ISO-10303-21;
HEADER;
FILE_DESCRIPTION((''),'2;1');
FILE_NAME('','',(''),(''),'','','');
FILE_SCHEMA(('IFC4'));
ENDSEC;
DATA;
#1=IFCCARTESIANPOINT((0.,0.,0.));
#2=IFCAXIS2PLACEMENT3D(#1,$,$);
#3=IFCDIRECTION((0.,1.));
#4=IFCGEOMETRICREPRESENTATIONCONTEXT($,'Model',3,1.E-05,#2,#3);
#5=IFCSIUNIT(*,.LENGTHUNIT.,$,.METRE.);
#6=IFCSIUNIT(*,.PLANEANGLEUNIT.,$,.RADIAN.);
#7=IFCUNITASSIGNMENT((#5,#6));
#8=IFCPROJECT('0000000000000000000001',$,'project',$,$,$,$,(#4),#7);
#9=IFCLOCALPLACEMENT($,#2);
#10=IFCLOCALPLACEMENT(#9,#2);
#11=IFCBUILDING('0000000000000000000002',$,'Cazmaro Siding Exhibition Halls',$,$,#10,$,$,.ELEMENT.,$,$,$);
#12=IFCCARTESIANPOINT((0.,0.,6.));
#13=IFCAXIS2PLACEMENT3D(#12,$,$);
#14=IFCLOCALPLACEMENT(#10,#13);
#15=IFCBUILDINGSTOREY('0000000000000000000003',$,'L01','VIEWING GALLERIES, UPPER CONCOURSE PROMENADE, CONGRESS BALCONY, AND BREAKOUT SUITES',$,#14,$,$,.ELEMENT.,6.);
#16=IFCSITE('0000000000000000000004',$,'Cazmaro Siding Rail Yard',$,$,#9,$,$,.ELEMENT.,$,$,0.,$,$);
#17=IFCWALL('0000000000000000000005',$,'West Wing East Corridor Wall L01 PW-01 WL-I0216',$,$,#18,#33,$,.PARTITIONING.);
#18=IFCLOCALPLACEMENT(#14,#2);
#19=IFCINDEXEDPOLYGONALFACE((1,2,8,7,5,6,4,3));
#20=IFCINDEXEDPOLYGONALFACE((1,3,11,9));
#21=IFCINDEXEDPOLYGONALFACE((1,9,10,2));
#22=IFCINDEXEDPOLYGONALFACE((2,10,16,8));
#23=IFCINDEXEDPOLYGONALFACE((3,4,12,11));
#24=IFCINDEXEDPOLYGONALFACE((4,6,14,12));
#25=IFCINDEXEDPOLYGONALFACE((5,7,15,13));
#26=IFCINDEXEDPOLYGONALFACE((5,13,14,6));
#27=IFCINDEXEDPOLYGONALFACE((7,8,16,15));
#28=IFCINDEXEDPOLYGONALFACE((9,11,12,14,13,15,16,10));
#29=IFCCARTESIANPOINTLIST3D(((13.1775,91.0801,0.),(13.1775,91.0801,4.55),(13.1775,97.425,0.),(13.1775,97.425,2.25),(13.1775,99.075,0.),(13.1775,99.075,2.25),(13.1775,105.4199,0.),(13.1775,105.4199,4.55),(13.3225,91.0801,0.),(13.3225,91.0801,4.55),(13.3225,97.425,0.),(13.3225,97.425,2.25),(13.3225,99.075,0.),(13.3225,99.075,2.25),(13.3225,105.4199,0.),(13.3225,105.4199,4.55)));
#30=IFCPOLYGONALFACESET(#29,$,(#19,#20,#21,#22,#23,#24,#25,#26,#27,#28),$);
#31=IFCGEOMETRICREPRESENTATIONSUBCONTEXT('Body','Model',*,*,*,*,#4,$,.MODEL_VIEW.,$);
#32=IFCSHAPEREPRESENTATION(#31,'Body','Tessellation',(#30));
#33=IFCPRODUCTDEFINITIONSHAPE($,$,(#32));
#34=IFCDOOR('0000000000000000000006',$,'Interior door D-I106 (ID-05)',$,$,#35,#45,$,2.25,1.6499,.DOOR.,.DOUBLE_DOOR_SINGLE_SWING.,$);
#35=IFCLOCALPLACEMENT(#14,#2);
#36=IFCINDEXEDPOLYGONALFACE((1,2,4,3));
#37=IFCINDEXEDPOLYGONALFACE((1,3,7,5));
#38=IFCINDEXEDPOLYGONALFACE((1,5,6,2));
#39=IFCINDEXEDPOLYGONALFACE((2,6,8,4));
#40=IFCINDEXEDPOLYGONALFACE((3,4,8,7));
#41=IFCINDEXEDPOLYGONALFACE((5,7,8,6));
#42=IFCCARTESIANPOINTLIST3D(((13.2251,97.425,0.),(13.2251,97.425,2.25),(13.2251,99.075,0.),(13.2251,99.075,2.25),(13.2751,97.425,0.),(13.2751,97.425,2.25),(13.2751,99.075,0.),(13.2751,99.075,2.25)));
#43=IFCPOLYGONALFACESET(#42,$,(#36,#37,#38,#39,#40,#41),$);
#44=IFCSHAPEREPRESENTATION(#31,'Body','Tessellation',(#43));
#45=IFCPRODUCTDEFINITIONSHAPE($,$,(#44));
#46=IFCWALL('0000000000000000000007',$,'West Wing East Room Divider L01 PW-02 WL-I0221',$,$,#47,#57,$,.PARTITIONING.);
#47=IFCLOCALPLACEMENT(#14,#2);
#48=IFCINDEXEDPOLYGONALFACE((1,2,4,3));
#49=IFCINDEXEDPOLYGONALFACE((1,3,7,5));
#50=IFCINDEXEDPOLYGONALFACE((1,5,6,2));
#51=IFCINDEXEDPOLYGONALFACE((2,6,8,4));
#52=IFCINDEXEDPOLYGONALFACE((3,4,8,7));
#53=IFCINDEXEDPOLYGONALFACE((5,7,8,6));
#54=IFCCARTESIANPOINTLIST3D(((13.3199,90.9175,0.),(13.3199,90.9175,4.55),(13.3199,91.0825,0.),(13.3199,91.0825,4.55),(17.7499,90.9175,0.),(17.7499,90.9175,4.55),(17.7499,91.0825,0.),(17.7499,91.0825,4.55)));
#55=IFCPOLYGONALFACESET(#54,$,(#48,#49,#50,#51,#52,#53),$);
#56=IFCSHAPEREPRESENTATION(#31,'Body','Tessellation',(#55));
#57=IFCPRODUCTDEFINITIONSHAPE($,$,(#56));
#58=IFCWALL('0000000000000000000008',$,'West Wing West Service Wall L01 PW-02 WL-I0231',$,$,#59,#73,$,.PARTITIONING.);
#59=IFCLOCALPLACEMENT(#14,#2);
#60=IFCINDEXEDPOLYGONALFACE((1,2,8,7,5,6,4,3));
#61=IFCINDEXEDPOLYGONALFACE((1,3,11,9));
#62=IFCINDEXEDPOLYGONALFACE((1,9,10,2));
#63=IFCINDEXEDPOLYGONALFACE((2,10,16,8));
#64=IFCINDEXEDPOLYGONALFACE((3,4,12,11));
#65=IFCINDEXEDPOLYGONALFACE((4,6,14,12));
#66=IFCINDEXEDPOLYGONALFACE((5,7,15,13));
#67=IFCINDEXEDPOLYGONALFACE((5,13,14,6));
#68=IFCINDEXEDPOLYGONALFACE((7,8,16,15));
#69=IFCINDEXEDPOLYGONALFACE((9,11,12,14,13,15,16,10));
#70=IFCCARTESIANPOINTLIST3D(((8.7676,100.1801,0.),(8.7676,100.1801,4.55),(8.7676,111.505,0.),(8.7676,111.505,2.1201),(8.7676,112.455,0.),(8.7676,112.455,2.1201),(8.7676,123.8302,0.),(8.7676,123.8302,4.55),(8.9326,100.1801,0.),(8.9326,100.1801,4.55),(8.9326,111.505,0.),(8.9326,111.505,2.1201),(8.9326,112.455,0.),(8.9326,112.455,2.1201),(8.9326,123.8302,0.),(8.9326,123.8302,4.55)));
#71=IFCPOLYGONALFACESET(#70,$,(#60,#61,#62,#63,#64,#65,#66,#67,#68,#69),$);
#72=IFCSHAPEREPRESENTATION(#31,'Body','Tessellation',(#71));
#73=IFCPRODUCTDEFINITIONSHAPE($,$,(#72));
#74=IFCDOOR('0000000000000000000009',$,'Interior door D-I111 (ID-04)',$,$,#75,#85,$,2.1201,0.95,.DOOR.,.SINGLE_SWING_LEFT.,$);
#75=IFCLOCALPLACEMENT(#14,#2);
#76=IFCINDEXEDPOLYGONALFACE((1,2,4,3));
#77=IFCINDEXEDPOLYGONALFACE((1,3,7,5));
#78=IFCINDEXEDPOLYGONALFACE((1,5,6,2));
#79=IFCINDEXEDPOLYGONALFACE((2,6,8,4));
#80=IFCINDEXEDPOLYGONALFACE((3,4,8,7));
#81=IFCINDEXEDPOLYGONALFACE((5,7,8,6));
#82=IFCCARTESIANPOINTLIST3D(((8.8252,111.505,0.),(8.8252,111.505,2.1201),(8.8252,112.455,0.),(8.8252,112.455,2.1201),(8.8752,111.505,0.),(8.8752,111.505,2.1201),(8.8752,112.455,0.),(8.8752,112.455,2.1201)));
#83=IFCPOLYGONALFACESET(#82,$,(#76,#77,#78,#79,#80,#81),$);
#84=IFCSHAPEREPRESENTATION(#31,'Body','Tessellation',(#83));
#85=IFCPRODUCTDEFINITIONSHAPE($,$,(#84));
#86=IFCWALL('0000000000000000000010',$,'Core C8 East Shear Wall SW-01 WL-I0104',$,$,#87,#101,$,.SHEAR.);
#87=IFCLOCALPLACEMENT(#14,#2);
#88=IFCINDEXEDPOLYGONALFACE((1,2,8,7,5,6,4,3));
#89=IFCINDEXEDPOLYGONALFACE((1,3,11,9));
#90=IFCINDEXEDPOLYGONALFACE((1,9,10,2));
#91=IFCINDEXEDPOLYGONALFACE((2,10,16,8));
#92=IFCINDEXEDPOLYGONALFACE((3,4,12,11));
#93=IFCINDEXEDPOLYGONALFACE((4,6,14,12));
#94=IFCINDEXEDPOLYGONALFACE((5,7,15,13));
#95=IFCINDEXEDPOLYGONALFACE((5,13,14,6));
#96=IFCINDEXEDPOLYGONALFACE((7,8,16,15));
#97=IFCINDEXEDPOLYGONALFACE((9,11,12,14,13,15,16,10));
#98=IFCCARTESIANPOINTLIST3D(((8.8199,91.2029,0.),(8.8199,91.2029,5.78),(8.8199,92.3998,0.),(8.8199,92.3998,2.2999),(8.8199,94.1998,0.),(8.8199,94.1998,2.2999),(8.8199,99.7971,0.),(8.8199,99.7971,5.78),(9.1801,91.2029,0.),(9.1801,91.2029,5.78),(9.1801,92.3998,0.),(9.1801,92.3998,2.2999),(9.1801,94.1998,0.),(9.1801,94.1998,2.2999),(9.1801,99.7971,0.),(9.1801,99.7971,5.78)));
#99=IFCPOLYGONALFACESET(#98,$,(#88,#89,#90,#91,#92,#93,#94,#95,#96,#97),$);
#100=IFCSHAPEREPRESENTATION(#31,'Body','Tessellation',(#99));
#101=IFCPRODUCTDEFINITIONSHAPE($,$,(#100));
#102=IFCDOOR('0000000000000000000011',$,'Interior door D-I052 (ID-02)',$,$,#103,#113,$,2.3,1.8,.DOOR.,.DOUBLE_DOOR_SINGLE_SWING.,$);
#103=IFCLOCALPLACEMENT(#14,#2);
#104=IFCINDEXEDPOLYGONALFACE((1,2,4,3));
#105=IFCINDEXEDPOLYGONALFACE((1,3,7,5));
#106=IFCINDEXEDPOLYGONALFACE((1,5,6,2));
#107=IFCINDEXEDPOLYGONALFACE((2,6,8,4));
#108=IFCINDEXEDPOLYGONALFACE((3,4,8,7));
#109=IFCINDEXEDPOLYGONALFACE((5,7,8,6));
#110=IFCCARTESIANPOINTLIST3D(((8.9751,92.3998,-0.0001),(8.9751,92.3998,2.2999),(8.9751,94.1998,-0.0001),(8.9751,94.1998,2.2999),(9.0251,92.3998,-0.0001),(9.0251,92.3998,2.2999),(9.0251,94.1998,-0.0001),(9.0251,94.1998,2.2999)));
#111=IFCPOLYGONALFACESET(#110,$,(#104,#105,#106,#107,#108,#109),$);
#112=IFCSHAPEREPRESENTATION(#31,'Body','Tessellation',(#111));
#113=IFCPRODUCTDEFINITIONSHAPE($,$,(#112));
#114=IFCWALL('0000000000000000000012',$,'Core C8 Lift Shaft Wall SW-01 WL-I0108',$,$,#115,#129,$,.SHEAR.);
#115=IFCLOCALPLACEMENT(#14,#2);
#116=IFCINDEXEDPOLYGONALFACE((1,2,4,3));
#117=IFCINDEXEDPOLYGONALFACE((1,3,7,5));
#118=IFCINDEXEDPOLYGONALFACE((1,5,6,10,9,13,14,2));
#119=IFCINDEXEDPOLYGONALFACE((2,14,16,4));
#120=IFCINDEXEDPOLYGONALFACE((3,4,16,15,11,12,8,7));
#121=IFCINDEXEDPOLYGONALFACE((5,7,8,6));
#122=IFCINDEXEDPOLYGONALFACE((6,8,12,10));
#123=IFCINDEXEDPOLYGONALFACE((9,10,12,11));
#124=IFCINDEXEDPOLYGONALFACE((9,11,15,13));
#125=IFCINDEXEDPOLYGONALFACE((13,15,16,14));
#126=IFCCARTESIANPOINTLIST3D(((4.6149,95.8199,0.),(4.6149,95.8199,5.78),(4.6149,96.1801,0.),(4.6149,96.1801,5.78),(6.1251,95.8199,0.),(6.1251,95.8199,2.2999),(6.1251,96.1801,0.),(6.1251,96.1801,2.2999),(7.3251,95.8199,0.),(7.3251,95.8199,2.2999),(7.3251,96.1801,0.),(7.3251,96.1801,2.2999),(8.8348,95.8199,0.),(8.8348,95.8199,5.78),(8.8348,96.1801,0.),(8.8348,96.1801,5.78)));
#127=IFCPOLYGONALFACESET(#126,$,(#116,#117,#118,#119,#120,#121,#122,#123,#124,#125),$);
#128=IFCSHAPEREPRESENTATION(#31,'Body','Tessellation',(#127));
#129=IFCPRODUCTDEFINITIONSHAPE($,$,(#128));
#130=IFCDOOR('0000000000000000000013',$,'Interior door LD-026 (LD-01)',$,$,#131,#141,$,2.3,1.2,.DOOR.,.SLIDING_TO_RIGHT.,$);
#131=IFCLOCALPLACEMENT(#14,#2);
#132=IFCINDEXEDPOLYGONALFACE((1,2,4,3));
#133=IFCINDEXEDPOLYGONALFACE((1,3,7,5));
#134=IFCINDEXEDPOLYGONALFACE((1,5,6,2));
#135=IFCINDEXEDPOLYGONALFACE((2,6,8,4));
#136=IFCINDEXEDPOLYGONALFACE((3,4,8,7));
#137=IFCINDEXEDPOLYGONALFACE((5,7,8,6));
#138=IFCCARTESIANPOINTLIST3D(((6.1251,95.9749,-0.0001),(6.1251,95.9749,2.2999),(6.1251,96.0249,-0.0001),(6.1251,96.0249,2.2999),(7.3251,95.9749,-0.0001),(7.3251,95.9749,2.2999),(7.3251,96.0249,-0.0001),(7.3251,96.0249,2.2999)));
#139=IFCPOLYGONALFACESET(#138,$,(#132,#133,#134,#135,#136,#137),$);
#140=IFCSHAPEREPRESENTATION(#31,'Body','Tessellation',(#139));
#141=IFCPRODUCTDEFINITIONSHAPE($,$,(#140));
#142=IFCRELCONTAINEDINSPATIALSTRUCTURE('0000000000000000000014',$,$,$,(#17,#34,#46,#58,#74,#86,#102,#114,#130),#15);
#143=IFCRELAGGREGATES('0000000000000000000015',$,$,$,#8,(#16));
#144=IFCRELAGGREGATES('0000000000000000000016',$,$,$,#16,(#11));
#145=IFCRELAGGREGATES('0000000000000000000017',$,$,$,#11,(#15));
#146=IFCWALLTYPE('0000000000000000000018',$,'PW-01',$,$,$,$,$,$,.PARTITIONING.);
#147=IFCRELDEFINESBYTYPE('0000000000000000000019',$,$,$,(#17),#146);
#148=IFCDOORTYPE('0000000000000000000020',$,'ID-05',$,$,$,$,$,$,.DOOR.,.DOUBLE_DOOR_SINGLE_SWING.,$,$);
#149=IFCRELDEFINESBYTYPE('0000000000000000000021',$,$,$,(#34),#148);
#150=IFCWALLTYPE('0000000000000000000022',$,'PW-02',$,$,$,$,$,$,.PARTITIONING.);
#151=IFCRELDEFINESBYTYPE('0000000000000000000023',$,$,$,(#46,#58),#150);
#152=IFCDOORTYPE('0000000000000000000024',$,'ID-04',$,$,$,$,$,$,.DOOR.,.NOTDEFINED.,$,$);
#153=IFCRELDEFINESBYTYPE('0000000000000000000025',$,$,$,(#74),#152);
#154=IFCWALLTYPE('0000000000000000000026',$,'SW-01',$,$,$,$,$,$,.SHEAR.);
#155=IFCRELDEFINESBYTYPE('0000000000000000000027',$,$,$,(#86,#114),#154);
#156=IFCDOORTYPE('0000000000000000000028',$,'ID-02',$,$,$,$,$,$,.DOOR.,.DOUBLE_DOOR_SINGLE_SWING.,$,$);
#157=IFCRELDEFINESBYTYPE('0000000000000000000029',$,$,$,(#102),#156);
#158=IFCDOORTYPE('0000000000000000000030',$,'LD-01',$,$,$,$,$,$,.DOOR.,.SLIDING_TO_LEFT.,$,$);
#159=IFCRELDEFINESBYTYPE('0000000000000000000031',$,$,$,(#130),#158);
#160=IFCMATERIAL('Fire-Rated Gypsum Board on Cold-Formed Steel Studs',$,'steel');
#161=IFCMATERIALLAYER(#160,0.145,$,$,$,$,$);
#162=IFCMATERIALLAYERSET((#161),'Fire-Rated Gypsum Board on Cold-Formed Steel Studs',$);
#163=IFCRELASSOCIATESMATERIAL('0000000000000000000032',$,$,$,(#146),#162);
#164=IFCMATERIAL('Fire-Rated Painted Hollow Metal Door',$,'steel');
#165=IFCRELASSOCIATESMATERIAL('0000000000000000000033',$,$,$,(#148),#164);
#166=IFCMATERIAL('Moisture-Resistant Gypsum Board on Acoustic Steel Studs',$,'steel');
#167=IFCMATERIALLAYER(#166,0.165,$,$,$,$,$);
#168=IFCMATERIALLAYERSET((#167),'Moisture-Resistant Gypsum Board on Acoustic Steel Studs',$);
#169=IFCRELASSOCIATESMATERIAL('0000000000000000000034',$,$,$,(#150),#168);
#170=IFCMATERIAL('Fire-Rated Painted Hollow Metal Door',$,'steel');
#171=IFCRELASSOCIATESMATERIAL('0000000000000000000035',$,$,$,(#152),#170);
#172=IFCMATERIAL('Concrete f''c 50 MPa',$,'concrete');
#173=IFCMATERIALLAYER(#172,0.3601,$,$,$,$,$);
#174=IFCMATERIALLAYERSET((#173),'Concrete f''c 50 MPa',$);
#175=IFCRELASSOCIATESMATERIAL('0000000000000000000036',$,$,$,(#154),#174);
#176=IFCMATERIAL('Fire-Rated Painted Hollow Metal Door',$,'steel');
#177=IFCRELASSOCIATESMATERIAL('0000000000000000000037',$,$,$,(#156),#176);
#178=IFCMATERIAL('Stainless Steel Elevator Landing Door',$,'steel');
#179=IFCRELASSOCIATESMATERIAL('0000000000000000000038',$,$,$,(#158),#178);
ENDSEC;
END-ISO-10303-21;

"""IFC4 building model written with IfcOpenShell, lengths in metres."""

from ifc_helpers import new_model, si_unit, direction, frame, frame_2d, origin, place, context, subcontext, project, spatial, rectangle, extrude, material, layer, layer_set, type_object, element, fill, save


model = new_model("IFC4")

# Units and contexts
model_context = context("Model", 3, precision=1e-05, world=origin(), true_north=direction((0.0, 1.0)))
body_context = subcontext(model_context, "Body", "Model", "MODEL_VIEW")
ifc_project = project(units=[si_unit("LENGTHUNIT", "METRE"), si_unit("PLANEANGLEUNIT", "RADIAN")], contexts=[model_context])

# Site, building, storey
site_placement = place(None, origin())
site = spatial("IfcSite", under=ifc_project, at=site_placement, Name="Cazmaro Siding Rail Yard", CompositionType="ELEMENT", RefElevation=0.0)
building_placement = place(site_placement, origin())
building = spatial("IfcBuilding", under=site, at=building_placement, Name="Cazmaro Siding Exhibition Halls", CompositionType="ELEMENT")
storey_placement = place(building_placement, frame((0.0, 0.0, 6.0)))
storey = spatial("IfcBuildingStorey", under=building, at=storey_placement, Name="L01", Description="VIEWING GALLERIES, UPPER CONCOURSE PROMENADE, CONGRESS BALCONY, AND BREAKOUT SUITES", CompositionType="ELEMENT", Elevation=6.0)

# Wall, opening, door
ifc_material_1 = material(Name="Fire-Rated Gypsum Board on Cold-Formed Steel Studs", Category="steel")
ifc_layer_1 = layer(ifc_material_1, 0.145)
ifc_layer_set_1 = layer_set([ifc_layer_1], Name="Fire-Rated Gypsum Board on Cold-Formed Steel Studs")
wall_type_1 = type_object("IfcWallType", Name="PW-01", PredefinedType="PARTITIONING", material=ifc_layer_set_1)
wall_1_placement = place(storey_placement, frame((13.25, 91.0801, 0.0), z_axis=(0.0, 0.0, 1.0), x_axis=(0.0, 1.0, 0.0)))
wall_1 = element("IfcWall", 1, at=wall_1_placement, inside=storey, type_object=wall_type_1, Name="West Wing East Corridor Wall L01 PW-01 WL-I0216", PredefinedType="PARTITIONING", context=body_context, shape_type="SweptSolid", body=[
    extrude(rectangle(XDim=14.3398, YDim=0.145, at=frame_2d((7.1699, 0.0))), origin(), (0.0, 0.0, 1.0), 4.55),
])
opening_1_placement = place(wall_1_placement, frame((6.345, 0.0, 0.0)))
opening_1 = element("IfcOpeningElement", 2, at=opening_1_placement, cuts=wall_1, PredefinedType="OPENING", context=body_context, shape_type="SweptSolid", body=[
    extrude(rectangle(XDim=1.6499, YDim=2.25, at=frame_2d((0.825, 1.125))), frame((0.0, 0.0825, 0.0), z_axis=(0.0, -1.0, 0.0), x_axis=(1.0, 0.0, 0.0)), (0.0, 0.0, 1.0), 0.165),
])
ifc_material_2 = material(Name="Fire-Rated Painted Hollow Metal Door", Category="steel")
door_type_1 = type_object("IfcDoorType", Name="ID-05", OperationType="DOUBLE_DOOR_SINGLE_SWING", PredefinedType="DOOR", material=ifc_material_2)
door_1_placement = place(opening_1_placement, origin())
door_1 = element("IfcDoor", 3, at=door_1_placement, inside=storey, type_object=door_type_1, Name="Interior door D-I106 (ID-05)", OperationType="DOUBLE_DOOR_SINGLE_SWING", OverallHeight=2.25, OverallWidth=1.6499, PredefinedType="DOOR", context=body_context, shape_type="SweptSolid", body=[
    extrude(rectangle(XDim=1.6499, YDim=2.25, at=frame_2d((0.825, 1.125))), frame((0.0, 0.0249, 0.0), z_axis=(0.0, -1.0, 0.0), x_axis=(1.0, 0.0, 0.0)), (0.0, 0.0, 1.0), 0.05),
])
fill(opening_1, door_1)

# Wall
ifc_material_3 = material(Name="Moisture-Resistant Gypsum Board on Acoustic Steel Studs", Category="steel")
ifc_layer_2 = layer(ifc_material_3, 0.165)
ifc_layer_set_2 = layer_set([ifc_layer_2], Name="Moisture-Resistant Gypsum Board on Acoustic Steel Studs")
wall_type_2 = type_object("IfcWallType", Name="PW-02", PredefinedType="PARTITIONING", material=ifc_layer_set_2)
wall_2_placement = place(storey_placement, frame((13.3201, 91.0, 0.0), z_axis=(0.0, 0.0, 1.0), x_axis=(1.0, 0.0, 0.0)))
element("IfcWall", 4, at=wall_2_placement, inside=storey, type_object=wall_type_2, Name="West Wing East Room Divider L01 PW-02 WL-I0221", PredefinedType="PARTITIONING", context=body_context, shape_type="SweptSolid", body=[
    extrude(rectangle(XDim=4.4299, YDim=0.165, at=frame_2d((2.2148, 0.0))), origin(), (0.0, 0.0, 1.0), 4.55),
])

# Walls, openings, doors
wall_3_placement = place(storey_placement, frame((8.8501, 100.1799, 0.0), z_axis=(0.0, 0.0, 1.0), x_axis=(0.0, 1.0, 0.0)))
wall_3 = element("IfcWall", 5, at=wall_3_placement, inside=storey, type_object=wall_type_2, Name="West Wing West Service Wall L01 PW-02 WL-I0231", PredefinedType="PARTITIONING", context=body_context, shape_type="SweptSolid", body=[
    extrude(rectangle(XDim=23.6501, YDim=0.165, at=frame_2d((11.8252, 0.0))), origin(), (0.0, 0.0, 1.0), 4.55),
])
opening_2_placement = place(wall_3_placement, frame((11.325, 0.0, 0.0)))
opening_2 = element("IfcOpeningElement", 6, at=opening_2_placement, cuts=wall_3, PredefinedType="OPENING", context=body_context, shape_type="SweptSolid", body=[
    extrude(rectangle(XDim=0.95, YDim=2.1201, at=frame_2d((0.4751, 1.0601))), frame((0.0, 0.0925, 0.0), z_axis=(0.0, -1.0, 0.0), x_axis=(1.0, 0.0, 0.0)), (0.0, 0.0, 1.0), 0.1851),
])
ifc_material_4 = material(Name="Fire-Rated Painted Hollow Metal Door", Category="steel")
door_type_2 = type_object("IfcDoorType", Name="ID-04", OperationType="NOTDEFINED", PredefinedType="DOOR", material=ifc_material_4)
door_2_placement = place(opening_2_placement, origin())
door_2 = element("IfcDoor", 7, at=door_2_placement, inside=storey, type_object=door_type_2, Name="Interior door D-I111 (ID-04)", OperationType="SINGLE_SWING_LEFT", OverallHeight=2.1201, OverallWidth=0.95, PredefinedType="DOOR", context=body_context, shape_type="SweptSolid", body=[
    extrude(rectangle(XDim=0.95, YDim=2.1201, at=frame_2d((0.4751, 1.0601))), frame((0.0, 0.0249, 0.0), z_axis=(0.0, -1.0, 0.0), x_axis=(1.0, 0.0, 0.0)), (0.0, 0.0, 1.0), 0.05),
])
fill(opening_2, door_2)
ifc_material_5 = material(Name="Concrete f'c 50 MPa", Category="concrete")
ifc_layer_3 = layer(ifc_material_5, 0.3601)
ifc_layer_set_3 = layer_set([ifc_layer_3], Name="Concrete f'c 50 MPa")
wall_type_3 = type_object("IfcWallType", Name="SW-01", PredefinedType="SHEAR", material=ifc_layer_set_3)
wall_4_placement = place(storey_placement, frame((9.0, 91.2029, 0.0), z_axis=(0.0, 0.0, 1.0), x_axis=(0.0, 1.0, 0.0)))
wall_4 = element("IfcWall", 8, at=wall_4_placement, inside=storey, type_object=wall_type_3, Name="Core C8 East Shear Wall SW-01 WL-I0104", PredefinedType="SHEAR", context=body_context, shape_type="SweptSolid", body=[
    extrude(rectangle(XDim=8.5942, YDim=0.3601, at=frame_2d((4.2971, 0.0))), origin(), (0.0, 0.0, 1.0), 5.78),
])
opening_3_placement = place(wall_4_placement, frame((1.197, 0.0, 0.0)))
opening_3 = element("IfcOpeningElement", 9, at=opening_3_placement, cuts=wall_4, PredefinedType="OPENING", context=body_context, shape_type="SweptSolid", body=[
    extrude(rectangle(XDim=1.8, YDim=2.3, at=frame_2d((0.8999, 1.1499))), frame((0.0, 0.1899, 0.0), z_axis=(0.0, -1.0, 0.0), x_axis=(1.0, 0.0, 0.0)), (0.0, 0.0, 1.0), 0.3801),
])
ifc_material_6 = material(Name="Fire-Rated Painted Hollow Metal Door", Category="steel")
door_type_3 = type_object("IfcDoorType", Name="ID-02", OperationType="DOUBLE_DOOR_SINGLE_SWING", PredefinedType="DOOR", material=ifc_material_6)
door_3_placement = place(opening_3_placement, origin())
door_3 = element("IfcDoor", 10, at=door_3_placement, inside=storey, type_object=door_type_3, Name="Interior door D-I052 (ID-02)", OperationType="DOUBLE_DOOR_SINGLE_SWING", OverallHeight=2.3, OverallWidth=1.8, PredefinedType="DOOR", context=body_context, shape_type="SweptSolid", body=[
    extrude(rectangle(XDim=1.8, YDim=2.3, at=frame_2d((0.8999, 1.1499))), frame((0.0, 0.0249, 0.0), z_axis=(0.0, -1.0, 0.0), x_axis=(1.0, 0.0, 0.0)), (0.0, 0.0, 1.0), 0.05),
])
fill(opening_3, door_3)
wall_5_placement = place(storey_placement, frame((4.615, 96.0, 0.0), z_axis=(0.0, 0.0, 1.0), x_axis=(1.0, 0.0, 0.0)))
wall_5 = element("IfcWall", 11, at=wall_5_placement, inside=storey, type_object=wall_type_3, Name="Core C8 Lift Shaft Wall SW-01 WL-I0108", PredefinedType="SHEAR", context=body_context, shape_type="SweptSolid", body=[
    extrude(rectangle(XDim=4.22, YDim=0.3601, at=frame_2d((2.1099, 0.0))), origin(), (0.0, 0.0, 1.0), 5.78),
])
opening_4_placement = place(wall_5_placement, frame((1.51, 0.0, 0.0)))
opening_4 = element("IfcOpeningElement", 12, at=opening_4_placement, cuts=wall_5, PredefinedType="OPENING", context=body_context, shape_type="SweptSolid", body=[
    extrude(rectangle(XDim=1.2, YDim=2.3, at=frame_2d((0.6001, 1.1499))), frame((0.0, 0.1899, 0.0), z_axis=(0.0, -1.0, 0.0), x_axis=(1.0, 0.0, 0.0)), (0.0, 0.0, 1.0), 0.3801),
])
ifc_material_7 = material(Name="Stainless Steel Elevator Landing Door", Category="steel")
door_type_4 = type_object("IfcDoorType", Name="LD-01", OperationType="SLIDING_TO_LEFT", PredefinedType="DOOR", material=ifc_material_7)
door_4_placement = place(opening_4_placement, origin())
door_4 = element("IfcDoor", 13, at=door_4_placement, inside=storey, type_object=door_type_4, Name="Interior door LD-026 (LD-01)", OperationType="SLIDING_TO_RIGHT", OverallHeight=2.3, OverallWidth=1.2, PredefinedType="DOOR", context=body_context, shape_type="SweptSolid", body=[
    extrude(rectangle(XDim=1.2, YDim=2.3, at=frame_2d((0.6001, 1.1499))), frame((0.0, 0.0249, 0.0), z_axis=(0.0, -1.0, 0.0), x_axis=(1.0, 0.0, 0.0)), (0.0, 0.0, 1.0), 0.05),
])
fill(opening_4, door_4)

save(model, "model.ifc")
